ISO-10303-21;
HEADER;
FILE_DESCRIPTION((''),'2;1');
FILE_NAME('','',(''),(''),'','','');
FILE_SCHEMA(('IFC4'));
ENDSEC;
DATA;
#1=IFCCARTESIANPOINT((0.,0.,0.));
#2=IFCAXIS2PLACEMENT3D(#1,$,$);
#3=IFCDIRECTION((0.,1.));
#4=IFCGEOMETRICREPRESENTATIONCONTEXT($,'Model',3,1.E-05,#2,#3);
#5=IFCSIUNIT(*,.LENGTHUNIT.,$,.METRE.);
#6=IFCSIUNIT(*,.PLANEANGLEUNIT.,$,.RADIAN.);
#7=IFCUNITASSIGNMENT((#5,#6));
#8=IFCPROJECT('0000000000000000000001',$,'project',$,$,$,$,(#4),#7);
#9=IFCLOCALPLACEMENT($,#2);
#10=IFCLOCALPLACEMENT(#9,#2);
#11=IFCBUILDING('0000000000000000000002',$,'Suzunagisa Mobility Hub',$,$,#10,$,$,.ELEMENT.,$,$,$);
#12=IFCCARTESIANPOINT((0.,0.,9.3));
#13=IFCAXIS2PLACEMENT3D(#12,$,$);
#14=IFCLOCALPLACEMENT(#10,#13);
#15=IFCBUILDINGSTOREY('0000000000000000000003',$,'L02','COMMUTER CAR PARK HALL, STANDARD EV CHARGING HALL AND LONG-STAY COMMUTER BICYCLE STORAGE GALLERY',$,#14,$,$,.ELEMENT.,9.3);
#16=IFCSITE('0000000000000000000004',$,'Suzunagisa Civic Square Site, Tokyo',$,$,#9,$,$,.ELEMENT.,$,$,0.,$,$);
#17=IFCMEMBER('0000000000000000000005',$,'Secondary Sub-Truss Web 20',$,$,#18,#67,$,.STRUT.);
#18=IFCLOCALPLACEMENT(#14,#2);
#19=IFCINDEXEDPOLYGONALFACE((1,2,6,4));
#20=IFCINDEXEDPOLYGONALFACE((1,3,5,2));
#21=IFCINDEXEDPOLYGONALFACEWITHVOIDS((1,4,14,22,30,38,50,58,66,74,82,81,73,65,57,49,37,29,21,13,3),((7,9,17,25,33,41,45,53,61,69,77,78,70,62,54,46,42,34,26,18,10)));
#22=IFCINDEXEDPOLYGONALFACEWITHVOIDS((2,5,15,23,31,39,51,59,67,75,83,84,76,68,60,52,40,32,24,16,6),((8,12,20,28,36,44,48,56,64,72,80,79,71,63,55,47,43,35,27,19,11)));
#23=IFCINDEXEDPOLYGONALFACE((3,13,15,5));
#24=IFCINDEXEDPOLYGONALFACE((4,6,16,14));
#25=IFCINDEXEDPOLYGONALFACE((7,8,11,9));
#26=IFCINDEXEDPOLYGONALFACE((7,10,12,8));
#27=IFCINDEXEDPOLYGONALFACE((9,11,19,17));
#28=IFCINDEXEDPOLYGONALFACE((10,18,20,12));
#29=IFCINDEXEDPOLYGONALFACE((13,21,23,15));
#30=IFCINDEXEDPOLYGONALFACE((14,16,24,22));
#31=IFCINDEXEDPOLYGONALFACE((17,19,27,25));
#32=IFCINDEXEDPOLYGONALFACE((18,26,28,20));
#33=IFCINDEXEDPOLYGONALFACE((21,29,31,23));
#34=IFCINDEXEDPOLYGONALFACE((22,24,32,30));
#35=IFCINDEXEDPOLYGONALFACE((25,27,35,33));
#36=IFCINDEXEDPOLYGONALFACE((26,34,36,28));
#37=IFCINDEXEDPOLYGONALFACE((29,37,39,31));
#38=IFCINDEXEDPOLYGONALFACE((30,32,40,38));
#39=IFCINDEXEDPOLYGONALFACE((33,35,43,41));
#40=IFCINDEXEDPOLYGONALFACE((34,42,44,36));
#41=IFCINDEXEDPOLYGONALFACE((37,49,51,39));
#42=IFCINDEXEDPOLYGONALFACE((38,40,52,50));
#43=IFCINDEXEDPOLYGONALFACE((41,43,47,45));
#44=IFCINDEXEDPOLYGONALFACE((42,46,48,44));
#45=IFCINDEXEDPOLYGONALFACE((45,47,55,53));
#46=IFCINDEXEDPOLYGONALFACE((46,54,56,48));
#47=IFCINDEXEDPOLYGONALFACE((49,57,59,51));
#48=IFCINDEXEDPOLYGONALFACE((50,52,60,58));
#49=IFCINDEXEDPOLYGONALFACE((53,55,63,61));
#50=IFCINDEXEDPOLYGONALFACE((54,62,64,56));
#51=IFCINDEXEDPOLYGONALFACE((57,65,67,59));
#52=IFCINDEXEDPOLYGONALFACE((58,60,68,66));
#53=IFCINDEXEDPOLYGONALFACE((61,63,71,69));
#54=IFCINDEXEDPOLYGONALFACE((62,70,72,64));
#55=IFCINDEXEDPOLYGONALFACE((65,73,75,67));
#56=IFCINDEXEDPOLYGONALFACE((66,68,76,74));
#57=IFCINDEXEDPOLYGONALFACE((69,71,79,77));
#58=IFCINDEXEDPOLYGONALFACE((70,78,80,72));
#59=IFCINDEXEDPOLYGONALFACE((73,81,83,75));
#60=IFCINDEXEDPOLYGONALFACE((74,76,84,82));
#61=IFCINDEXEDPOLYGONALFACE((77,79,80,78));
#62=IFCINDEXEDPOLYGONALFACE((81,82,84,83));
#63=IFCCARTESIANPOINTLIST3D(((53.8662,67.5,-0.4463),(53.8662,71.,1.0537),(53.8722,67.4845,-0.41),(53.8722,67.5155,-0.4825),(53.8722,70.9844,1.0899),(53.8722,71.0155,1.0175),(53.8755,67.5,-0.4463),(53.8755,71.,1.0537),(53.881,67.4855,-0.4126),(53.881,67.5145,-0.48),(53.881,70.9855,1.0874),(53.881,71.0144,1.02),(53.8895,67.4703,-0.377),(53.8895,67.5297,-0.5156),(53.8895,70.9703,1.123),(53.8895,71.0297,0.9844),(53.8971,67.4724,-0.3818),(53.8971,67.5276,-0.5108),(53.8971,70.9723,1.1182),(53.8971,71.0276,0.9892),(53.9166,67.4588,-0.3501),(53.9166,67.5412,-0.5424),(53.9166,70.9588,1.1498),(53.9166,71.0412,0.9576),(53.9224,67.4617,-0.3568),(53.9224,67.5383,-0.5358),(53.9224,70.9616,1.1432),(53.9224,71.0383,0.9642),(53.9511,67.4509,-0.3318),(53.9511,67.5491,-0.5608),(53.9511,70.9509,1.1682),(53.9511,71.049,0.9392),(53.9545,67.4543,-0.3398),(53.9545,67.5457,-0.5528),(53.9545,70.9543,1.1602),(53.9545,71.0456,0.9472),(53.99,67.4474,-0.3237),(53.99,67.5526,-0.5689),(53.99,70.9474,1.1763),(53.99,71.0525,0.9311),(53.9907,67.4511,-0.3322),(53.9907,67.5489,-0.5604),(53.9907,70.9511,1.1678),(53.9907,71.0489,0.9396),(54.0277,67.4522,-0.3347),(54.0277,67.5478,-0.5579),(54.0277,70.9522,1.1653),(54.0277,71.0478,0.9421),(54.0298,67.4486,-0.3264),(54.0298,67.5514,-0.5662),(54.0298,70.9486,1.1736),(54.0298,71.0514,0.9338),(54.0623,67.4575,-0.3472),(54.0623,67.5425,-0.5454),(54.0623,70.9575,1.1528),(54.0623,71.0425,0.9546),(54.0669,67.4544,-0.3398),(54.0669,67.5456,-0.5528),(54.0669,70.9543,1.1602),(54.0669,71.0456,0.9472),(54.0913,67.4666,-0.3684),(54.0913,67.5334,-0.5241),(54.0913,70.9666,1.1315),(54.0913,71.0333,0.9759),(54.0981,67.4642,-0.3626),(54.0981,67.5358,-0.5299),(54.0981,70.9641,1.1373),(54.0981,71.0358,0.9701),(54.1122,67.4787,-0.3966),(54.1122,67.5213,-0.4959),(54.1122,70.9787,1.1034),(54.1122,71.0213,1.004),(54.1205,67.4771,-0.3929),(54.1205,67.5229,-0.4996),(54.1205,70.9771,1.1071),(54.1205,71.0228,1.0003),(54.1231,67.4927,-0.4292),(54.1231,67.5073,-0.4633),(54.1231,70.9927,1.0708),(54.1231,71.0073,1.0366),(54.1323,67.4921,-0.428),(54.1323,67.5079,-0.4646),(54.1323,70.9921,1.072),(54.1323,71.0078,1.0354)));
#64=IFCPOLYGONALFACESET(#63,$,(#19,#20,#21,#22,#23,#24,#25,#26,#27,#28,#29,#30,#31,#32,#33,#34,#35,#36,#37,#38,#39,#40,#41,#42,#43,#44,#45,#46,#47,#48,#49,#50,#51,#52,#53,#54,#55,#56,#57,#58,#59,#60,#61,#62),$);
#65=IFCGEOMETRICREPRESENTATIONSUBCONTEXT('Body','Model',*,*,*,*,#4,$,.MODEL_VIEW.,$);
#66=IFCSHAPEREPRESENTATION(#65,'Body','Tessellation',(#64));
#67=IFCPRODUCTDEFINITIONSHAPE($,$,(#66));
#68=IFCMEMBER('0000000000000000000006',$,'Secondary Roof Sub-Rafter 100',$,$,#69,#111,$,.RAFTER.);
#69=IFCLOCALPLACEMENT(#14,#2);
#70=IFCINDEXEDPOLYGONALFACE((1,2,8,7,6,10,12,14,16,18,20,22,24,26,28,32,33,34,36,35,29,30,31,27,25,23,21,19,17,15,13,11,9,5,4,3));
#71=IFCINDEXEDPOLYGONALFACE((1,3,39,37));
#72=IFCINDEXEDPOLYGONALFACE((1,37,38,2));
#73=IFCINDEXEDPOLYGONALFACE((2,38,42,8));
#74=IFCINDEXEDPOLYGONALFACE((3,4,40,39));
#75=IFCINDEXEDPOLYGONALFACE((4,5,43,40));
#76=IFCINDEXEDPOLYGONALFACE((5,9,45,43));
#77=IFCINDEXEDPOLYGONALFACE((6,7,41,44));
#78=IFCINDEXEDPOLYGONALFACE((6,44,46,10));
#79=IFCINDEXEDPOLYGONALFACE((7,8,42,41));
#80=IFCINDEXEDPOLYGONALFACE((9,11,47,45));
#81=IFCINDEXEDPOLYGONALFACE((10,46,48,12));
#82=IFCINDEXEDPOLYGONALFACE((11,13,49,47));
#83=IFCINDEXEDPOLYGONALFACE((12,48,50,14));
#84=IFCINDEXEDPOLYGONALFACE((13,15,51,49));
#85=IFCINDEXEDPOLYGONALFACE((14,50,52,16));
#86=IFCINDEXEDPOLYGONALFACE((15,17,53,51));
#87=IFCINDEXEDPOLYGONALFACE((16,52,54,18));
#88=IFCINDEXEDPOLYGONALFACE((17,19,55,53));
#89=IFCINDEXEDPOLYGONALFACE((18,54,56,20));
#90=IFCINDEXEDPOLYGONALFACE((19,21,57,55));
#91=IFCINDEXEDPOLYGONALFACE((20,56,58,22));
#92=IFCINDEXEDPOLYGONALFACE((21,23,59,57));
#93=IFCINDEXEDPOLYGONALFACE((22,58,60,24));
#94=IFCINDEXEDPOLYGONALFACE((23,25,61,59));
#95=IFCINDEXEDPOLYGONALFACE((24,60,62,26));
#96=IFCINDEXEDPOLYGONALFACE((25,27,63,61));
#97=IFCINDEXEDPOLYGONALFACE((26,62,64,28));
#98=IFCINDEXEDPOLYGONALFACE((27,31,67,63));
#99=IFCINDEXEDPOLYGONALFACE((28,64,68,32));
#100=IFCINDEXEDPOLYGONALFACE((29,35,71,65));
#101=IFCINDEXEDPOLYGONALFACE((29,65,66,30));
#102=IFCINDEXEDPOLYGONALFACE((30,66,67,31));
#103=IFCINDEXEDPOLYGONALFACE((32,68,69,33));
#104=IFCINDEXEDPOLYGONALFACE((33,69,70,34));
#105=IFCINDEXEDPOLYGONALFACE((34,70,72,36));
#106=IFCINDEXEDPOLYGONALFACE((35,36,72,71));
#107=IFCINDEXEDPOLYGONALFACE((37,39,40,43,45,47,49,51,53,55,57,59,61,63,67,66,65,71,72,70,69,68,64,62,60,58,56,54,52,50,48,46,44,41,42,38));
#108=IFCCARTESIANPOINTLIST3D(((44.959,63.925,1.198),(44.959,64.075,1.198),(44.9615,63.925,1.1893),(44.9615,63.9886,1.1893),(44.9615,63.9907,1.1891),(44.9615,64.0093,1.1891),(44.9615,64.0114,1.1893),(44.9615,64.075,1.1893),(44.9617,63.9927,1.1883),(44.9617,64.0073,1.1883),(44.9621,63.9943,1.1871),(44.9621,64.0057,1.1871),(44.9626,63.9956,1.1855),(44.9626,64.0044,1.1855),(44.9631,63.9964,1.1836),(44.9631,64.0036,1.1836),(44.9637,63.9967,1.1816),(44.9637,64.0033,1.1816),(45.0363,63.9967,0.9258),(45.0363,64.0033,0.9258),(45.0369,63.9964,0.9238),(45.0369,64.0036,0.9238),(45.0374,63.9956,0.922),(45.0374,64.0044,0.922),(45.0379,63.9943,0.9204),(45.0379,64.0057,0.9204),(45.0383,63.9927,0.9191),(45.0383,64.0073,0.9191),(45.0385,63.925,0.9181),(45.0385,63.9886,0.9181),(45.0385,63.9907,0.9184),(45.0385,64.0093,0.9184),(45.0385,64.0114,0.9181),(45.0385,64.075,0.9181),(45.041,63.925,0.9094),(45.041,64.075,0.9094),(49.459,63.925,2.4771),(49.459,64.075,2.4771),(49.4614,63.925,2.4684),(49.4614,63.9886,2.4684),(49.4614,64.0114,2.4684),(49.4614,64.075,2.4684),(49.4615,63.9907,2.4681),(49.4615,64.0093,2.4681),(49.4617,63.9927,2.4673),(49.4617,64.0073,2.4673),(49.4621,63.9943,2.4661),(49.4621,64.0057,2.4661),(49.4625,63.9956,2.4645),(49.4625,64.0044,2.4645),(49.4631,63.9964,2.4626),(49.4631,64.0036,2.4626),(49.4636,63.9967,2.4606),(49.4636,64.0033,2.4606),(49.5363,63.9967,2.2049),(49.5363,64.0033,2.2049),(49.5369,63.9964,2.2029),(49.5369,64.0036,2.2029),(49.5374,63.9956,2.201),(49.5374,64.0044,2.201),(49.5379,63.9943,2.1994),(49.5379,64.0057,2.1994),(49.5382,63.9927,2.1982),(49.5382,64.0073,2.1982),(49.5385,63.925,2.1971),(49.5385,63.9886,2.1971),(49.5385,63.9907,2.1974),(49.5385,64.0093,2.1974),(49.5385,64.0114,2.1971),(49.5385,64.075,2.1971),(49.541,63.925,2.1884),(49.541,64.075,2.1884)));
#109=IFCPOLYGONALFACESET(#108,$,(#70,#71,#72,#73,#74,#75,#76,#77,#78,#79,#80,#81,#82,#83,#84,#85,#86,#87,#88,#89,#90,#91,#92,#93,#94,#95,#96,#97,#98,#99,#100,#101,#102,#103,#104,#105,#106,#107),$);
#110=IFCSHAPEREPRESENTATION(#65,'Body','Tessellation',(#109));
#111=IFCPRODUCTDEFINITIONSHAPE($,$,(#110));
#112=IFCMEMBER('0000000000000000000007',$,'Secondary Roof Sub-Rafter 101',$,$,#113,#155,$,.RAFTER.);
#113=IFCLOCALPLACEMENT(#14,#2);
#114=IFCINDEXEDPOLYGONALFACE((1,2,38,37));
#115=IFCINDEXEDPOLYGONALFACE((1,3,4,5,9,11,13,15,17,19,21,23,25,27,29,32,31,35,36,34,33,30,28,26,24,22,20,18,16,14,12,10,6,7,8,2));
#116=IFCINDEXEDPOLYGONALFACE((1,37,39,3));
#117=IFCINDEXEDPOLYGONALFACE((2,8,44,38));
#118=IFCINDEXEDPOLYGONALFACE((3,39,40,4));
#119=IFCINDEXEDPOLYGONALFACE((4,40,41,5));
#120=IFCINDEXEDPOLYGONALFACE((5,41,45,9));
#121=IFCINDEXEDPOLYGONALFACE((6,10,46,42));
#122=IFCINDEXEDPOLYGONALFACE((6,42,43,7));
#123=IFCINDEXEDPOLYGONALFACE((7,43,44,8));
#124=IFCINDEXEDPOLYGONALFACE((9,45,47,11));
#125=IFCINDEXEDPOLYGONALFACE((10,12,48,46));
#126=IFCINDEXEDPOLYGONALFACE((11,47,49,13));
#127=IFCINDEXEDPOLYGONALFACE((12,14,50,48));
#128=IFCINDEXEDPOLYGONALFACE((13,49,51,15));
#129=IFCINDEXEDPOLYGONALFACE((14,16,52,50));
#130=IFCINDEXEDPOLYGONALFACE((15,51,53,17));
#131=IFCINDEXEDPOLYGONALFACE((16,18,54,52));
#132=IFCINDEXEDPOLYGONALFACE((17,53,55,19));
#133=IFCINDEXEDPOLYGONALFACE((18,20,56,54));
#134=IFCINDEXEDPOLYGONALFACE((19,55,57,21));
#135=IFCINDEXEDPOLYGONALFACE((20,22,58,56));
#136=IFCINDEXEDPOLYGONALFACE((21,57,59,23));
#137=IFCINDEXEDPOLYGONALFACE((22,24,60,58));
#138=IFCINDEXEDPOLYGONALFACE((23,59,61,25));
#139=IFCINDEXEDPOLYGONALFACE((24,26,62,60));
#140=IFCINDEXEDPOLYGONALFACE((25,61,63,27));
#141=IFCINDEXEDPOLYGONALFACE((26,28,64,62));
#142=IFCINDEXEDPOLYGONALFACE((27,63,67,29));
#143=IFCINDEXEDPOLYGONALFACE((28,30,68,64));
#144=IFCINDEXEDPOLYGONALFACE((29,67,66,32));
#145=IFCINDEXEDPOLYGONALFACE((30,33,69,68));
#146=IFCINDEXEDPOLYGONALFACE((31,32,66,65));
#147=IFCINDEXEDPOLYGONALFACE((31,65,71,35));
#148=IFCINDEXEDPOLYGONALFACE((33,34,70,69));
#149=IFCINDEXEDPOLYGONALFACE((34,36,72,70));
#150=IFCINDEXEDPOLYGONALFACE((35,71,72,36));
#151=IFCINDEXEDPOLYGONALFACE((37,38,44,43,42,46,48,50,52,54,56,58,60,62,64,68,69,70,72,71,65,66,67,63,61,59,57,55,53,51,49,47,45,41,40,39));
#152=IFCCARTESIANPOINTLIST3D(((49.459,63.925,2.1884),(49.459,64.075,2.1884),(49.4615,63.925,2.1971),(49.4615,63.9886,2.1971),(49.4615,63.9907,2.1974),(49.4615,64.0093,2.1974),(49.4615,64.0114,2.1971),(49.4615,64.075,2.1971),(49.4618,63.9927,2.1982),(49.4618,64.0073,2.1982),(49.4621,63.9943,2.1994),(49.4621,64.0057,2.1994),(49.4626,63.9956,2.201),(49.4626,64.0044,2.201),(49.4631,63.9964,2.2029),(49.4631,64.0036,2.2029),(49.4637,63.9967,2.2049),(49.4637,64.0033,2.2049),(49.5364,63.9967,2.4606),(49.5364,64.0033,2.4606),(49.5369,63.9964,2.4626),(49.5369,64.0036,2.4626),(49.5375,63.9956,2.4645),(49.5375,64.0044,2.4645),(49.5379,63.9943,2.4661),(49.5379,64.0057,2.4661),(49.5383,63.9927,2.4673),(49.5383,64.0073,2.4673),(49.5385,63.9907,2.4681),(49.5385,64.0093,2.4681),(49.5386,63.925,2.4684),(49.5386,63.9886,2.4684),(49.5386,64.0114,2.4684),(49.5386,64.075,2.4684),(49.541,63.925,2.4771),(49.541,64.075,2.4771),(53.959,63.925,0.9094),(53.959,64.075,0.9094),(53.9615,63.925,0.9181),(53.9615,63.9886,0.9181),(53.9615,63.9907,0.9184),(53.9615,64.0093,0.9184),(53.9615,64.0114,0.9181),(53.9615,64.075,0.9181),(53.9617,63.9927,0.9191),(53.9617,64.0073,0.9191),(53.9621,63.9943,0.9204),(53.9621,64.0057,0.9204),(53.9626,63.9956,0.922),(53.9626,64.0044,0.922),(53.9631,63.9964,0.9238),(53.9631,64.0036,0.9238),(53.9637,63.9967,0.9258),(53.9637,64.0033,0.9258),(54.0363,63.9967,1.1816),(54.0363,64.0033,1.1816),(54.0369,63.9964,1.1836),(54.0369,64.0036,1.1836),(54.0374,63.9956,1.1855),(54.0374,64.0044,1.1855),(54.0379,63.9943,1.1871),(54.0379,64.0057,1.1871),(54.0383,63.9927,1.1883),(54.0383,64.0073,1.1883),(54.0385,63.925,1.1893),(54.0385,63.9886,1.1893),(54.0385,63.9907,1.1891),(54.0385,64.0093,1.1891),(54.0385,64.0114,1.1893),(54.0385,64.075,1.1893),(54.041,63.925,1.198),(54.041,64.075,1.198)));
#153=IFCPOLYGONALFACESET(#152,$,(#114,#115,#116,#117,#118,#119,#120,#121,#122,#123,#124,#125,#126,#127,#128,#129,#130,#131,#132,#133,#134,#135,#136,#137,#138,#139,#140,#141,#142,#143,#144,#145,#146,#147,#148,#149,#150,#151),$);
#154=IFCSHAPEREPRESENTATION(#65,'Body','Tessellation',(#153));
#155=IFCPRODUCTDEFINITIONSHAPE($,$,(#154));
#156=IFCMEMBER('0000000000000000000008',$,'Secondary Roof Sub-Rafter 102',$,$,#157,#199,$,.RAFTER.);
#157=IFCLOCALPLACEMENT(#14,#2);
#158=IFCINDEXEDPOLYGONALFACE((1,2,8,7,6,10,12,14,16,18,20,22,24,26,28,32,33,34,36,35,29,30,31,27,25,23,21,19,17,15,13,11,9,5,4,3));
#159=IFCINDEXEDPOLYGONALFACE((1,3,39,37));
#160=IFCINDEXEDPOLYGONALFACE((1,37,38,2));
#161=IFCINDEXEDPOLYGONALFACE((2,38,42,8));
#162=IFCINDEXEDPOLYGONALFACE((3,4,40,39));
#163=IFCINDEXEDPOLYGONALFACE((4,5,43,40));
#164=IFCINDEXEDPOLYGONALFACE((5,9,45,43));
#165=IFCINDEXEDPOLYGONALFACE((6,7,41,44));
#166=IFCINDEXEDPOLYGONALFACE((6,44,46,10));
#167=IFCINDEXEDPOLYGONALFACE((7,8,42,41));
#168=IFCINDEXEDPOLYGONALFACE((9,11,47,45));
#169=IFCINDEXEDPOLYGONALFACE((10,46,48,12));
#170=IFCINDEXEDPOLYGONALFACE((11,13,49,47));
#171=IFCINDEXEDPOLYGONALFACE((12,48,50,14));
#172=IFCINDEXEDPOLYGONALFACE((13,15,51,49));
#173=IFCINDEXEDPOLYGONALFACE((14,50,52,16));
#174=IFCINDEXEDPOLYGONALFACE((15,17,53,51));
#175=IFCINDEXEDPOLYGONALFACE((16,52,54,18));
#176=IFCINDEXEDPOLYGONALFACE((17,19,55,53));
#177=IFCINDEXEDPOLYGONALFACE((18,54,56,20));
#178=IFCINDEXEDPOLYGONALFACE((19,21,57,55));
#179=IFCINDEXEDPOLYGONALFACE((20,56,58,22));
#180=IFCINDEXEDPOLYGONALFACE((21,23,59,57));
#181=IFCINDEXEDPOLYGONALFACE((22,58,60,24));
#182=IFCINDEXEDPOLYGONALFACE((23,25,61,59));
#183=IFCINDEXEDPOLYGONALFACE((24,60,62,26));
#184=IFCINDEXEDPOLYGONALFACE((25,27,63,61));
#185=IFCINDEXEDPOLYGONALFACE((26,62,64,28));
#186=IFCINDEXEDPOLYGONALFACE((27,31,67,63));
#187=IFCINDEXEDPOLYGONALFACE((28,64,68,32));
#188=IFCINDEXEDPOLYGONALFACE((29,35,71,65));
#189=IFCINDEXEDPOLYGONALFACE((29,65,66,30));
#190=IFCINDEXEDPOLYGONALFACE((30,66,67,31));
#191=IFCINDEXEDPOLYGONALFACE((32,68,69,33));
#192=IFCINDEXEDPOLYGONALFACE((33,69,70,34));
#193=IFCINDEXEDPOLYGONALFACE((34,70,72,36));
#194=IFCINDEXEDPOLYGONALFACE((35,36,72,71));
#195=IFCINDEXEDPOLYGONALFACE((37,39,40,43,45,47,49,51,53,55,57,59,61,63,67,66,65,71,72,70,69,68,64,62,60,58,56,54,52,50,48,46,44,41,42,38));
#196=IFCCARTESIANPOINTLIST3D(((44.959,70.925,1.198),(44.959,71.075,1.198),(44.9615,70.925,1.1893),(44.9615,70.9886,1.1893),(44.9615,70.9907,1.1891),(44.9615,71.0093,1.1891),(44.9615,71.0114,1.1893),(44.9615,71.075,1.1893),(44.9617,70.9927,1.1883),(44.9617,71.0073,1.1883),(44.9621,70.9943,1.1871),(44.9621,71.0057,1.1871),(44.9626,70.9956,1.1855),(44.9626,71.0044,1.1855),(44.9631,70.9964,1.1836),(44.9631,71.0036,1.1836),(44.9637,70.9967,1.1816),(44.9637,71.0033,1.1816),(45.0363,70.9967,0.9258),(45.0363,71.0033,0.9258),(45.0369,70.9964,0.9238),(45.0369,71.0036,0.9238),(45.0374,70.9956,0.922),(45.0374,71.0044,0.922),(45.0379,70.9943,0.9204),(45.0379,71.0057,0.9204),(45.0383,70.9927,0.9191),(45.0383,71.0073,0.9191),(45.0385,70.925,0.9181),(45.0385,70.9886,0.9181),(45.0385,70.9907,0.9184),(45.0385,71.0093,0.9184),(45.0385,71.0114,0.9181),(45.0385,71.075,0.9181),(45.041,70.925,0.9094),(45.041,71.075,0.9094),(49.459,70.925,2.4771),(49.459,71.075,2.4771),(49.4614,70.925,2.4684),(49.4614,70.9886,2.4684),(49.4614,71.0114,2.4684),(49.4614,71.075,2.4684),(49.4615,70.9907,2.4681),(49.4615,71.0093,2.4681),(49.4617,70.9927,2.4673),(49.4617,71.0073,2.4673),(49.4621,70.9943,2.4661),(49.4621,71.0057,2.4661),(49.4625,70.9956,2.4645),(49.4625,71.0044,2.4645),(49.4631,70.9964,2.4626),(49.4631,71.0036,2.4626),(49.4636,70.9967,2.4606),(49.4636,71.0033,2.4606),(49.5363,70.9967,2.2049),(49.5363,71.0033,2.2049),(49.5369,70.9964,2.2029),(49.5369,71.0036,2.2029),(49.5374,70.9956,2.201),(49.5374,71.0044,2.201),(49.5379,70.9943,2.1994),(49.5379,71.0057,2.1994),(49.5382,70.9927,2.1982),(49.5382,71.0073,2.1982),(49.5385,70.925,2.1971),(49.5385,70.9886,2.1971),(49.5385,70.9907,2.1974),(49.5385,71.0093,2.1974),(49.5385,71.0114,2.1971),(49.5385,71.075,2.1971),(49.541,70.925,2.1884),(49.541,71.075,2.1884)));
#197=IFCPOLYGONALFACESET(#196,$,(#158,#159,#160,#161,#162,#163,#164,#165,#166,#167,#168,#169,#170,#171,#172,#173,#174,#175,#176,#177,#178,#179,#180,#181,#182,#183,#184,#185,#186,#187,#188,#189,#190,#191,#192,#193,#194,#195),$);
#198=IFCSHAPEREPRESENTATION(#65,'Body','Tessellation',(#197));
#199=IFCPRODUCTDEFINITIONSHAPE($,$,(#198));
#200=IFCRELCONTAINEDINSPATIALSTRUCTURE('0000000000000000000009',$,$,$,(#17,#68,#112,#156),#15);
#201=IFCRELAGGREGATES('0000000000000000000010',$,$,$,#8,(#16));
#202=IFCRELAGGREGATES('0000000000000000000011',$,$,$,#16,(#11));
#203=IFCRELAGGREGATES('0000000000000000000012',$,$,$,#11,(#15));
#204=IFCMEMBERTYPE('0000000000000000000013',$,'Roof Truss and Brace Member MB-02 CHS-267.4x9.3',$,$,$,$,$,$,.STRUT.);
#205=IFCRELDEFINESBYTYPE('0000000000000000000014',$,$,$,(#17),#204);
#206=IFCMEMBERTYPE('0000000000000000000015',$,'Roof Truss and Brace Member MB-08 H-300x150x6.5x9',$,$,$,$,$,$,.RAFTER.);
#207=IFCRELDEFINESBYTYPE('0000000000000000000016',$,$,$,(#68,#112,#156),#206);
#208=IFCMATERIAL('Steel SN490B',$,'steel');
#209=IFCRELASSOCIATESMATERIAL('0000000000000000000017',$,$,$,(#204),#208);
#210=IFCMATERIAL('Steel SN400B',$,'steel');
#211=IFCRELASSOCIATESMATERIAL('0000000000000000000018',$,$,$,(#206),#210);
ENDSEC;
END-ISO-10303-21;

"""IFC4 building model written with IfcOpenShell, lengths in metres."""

from ifc_helpers import new_model, si_unit, direction, frame, origin, origin_2d, place, context, subcontext, project, spatial, hollow_circle, i_section, extrude, material, material_profile, profile_set, type_object, element, save


model = new_model("IFC4")

# Units and contexts
model_context = context("Model", 3, precision=1e-05, world=origin(), true_north=direction((0.0, 1.0)))
body_context = subcontext(model_context, "Body", "Model", "MODEL_VIEW")
ifc_project = project(units=[si_unit("LENGTHUNIT", "METRE"), si_unit("PLANEANGLEUNIT", "RADIAN")], contexts=[model_context])

# Site, building, storey
site_placement = place(None, origin())
site = spatial("IfcSite", under=ifc_project, at=site_placement, Name="Suzunagisa Civic Square Site, Tokyo", CompositionType="ELEMENT", RefElevation=0.0)
building_placement = place(site_placement, origin())
building = spatial("IfcBuilding", under=site, at=building_placement, Name="Suzunagisa Mobility Hub", CompositionType="ELEMENT")
storey_placement = place(building_placement, frame((0.0, 0.0, 9.3)))
storey = spatial("IfcBuildingStorey", under=building, at=storey_placement, Name="L02", Description="COMMUTER CAR PARK HALL, STANDARD EV CHARGING HALL AND LONG-STAY COMMUTER BICYCLE STORAGE GALLERY", CompositionType="ELEMENT", Elevation=9.3)

# Shared definitions
ifc_material_1 = material(Name="Steel SN490B", Category="steel")

# Members
ifc_material_profile_1 = material_profile(ifc_material_1, hollow_circle(Radius=0.1338, WallThickness=0.0093, at=origin_2d()), Name="CHS-267.4x9.3")
ifc_profile_set_1 = profile_set([ifc_material_profile_1], Name="Steel SN490B")
member_type_1 = type_object("IfcMemberType", Name="Roof Truss and Brace Member MB-02 CHS-267.4x9.3", PredefinedType="STRUT", material=ifc_profile_set_1)
for number, where, z_axis, x_axis, name in (
    (1, (54.0, 67.5, -0.4463), (0.0, 0.919145, 0.393919), (-1.0, 0.0, 0.0), "Secondary Sub-Truss Web 20"),
):
    element("IfcMember", number, at=place(storey_placement, frame(where, z_axis=z_axis, x_axis=x_axis)), inside=storey, type_object=member_type_1, Name=name, PredefinedType="STRUT", context=body_context, shape_type="SweptSolid", body=[
        extrude(hollow_circle(Radius=0.1338, WallThickness=0.0093, at=origin_2d()), origin(), (0.0, 0.0, 1.0), 3.8079),
    ])
ifc_material_2 = material(Name="Steel SN400B", Category="steel")
ifc_material_profile_2 = material_profile(ifc_material_2, i_section(OverallWidth=0.1499, OverallDepth=0.3, WebThickness=0.0066, FlangeThickness=0.009, FilletRadius=0.0081, at=origin_2d()), Name="H-300x150x6.5x9")
ifc_profile_set_2 = profile_set([ifc_material_profile_2], Name="Steel SN400B")
member_type_2 = type_object("IfcMemberType", Name="Roof Truss and Brace Member MB-08 H-300x150x6.5x9", PredefinedType="RAFTER", material=ifc_profile_set_2)
for number, where, z_axis, x_axis, name in (
    (2, (45.0, 64.0, 1.0537), (0.961899, 0.0, 0.273404), (0.0, 1.0, 0.0), "Secondary Roof Sub-Rafter 100"),
    (3, (54.0, 64.0, 1.0537), (-0.961899, 0.0, 0.273404), (0.0, -1.0, 0.0), "Secondary Roof Sub-Rafter 101"),
    (4, (45.0, 71.0, 1.0537), (0.961899, 0.0, 0.273404), (0.0, 1.0, 0.0), "Secondary Roof Sub-Rafter 102"),
):
    element("IfcMember", number, at=place(storey_placement, frame(where, z_axis=z_axis, x_axis=x_axis)), inside=storey, type_object=member_type_2, Name=name, PredefinedType="RAFTER", context=body_context, shape_type="SweptSolid", body=[
        extrude(i_section(OverallWidth=0.1499, OverallDepth=0.3, WebThickness=0.0066, FlangeThickness=0.009, FilletRadius=0.0081, at=origin_2d()), origin(), (0.0, 0.0, 1.0), 4.6782),
    ])

save(model, "model.ifc")
